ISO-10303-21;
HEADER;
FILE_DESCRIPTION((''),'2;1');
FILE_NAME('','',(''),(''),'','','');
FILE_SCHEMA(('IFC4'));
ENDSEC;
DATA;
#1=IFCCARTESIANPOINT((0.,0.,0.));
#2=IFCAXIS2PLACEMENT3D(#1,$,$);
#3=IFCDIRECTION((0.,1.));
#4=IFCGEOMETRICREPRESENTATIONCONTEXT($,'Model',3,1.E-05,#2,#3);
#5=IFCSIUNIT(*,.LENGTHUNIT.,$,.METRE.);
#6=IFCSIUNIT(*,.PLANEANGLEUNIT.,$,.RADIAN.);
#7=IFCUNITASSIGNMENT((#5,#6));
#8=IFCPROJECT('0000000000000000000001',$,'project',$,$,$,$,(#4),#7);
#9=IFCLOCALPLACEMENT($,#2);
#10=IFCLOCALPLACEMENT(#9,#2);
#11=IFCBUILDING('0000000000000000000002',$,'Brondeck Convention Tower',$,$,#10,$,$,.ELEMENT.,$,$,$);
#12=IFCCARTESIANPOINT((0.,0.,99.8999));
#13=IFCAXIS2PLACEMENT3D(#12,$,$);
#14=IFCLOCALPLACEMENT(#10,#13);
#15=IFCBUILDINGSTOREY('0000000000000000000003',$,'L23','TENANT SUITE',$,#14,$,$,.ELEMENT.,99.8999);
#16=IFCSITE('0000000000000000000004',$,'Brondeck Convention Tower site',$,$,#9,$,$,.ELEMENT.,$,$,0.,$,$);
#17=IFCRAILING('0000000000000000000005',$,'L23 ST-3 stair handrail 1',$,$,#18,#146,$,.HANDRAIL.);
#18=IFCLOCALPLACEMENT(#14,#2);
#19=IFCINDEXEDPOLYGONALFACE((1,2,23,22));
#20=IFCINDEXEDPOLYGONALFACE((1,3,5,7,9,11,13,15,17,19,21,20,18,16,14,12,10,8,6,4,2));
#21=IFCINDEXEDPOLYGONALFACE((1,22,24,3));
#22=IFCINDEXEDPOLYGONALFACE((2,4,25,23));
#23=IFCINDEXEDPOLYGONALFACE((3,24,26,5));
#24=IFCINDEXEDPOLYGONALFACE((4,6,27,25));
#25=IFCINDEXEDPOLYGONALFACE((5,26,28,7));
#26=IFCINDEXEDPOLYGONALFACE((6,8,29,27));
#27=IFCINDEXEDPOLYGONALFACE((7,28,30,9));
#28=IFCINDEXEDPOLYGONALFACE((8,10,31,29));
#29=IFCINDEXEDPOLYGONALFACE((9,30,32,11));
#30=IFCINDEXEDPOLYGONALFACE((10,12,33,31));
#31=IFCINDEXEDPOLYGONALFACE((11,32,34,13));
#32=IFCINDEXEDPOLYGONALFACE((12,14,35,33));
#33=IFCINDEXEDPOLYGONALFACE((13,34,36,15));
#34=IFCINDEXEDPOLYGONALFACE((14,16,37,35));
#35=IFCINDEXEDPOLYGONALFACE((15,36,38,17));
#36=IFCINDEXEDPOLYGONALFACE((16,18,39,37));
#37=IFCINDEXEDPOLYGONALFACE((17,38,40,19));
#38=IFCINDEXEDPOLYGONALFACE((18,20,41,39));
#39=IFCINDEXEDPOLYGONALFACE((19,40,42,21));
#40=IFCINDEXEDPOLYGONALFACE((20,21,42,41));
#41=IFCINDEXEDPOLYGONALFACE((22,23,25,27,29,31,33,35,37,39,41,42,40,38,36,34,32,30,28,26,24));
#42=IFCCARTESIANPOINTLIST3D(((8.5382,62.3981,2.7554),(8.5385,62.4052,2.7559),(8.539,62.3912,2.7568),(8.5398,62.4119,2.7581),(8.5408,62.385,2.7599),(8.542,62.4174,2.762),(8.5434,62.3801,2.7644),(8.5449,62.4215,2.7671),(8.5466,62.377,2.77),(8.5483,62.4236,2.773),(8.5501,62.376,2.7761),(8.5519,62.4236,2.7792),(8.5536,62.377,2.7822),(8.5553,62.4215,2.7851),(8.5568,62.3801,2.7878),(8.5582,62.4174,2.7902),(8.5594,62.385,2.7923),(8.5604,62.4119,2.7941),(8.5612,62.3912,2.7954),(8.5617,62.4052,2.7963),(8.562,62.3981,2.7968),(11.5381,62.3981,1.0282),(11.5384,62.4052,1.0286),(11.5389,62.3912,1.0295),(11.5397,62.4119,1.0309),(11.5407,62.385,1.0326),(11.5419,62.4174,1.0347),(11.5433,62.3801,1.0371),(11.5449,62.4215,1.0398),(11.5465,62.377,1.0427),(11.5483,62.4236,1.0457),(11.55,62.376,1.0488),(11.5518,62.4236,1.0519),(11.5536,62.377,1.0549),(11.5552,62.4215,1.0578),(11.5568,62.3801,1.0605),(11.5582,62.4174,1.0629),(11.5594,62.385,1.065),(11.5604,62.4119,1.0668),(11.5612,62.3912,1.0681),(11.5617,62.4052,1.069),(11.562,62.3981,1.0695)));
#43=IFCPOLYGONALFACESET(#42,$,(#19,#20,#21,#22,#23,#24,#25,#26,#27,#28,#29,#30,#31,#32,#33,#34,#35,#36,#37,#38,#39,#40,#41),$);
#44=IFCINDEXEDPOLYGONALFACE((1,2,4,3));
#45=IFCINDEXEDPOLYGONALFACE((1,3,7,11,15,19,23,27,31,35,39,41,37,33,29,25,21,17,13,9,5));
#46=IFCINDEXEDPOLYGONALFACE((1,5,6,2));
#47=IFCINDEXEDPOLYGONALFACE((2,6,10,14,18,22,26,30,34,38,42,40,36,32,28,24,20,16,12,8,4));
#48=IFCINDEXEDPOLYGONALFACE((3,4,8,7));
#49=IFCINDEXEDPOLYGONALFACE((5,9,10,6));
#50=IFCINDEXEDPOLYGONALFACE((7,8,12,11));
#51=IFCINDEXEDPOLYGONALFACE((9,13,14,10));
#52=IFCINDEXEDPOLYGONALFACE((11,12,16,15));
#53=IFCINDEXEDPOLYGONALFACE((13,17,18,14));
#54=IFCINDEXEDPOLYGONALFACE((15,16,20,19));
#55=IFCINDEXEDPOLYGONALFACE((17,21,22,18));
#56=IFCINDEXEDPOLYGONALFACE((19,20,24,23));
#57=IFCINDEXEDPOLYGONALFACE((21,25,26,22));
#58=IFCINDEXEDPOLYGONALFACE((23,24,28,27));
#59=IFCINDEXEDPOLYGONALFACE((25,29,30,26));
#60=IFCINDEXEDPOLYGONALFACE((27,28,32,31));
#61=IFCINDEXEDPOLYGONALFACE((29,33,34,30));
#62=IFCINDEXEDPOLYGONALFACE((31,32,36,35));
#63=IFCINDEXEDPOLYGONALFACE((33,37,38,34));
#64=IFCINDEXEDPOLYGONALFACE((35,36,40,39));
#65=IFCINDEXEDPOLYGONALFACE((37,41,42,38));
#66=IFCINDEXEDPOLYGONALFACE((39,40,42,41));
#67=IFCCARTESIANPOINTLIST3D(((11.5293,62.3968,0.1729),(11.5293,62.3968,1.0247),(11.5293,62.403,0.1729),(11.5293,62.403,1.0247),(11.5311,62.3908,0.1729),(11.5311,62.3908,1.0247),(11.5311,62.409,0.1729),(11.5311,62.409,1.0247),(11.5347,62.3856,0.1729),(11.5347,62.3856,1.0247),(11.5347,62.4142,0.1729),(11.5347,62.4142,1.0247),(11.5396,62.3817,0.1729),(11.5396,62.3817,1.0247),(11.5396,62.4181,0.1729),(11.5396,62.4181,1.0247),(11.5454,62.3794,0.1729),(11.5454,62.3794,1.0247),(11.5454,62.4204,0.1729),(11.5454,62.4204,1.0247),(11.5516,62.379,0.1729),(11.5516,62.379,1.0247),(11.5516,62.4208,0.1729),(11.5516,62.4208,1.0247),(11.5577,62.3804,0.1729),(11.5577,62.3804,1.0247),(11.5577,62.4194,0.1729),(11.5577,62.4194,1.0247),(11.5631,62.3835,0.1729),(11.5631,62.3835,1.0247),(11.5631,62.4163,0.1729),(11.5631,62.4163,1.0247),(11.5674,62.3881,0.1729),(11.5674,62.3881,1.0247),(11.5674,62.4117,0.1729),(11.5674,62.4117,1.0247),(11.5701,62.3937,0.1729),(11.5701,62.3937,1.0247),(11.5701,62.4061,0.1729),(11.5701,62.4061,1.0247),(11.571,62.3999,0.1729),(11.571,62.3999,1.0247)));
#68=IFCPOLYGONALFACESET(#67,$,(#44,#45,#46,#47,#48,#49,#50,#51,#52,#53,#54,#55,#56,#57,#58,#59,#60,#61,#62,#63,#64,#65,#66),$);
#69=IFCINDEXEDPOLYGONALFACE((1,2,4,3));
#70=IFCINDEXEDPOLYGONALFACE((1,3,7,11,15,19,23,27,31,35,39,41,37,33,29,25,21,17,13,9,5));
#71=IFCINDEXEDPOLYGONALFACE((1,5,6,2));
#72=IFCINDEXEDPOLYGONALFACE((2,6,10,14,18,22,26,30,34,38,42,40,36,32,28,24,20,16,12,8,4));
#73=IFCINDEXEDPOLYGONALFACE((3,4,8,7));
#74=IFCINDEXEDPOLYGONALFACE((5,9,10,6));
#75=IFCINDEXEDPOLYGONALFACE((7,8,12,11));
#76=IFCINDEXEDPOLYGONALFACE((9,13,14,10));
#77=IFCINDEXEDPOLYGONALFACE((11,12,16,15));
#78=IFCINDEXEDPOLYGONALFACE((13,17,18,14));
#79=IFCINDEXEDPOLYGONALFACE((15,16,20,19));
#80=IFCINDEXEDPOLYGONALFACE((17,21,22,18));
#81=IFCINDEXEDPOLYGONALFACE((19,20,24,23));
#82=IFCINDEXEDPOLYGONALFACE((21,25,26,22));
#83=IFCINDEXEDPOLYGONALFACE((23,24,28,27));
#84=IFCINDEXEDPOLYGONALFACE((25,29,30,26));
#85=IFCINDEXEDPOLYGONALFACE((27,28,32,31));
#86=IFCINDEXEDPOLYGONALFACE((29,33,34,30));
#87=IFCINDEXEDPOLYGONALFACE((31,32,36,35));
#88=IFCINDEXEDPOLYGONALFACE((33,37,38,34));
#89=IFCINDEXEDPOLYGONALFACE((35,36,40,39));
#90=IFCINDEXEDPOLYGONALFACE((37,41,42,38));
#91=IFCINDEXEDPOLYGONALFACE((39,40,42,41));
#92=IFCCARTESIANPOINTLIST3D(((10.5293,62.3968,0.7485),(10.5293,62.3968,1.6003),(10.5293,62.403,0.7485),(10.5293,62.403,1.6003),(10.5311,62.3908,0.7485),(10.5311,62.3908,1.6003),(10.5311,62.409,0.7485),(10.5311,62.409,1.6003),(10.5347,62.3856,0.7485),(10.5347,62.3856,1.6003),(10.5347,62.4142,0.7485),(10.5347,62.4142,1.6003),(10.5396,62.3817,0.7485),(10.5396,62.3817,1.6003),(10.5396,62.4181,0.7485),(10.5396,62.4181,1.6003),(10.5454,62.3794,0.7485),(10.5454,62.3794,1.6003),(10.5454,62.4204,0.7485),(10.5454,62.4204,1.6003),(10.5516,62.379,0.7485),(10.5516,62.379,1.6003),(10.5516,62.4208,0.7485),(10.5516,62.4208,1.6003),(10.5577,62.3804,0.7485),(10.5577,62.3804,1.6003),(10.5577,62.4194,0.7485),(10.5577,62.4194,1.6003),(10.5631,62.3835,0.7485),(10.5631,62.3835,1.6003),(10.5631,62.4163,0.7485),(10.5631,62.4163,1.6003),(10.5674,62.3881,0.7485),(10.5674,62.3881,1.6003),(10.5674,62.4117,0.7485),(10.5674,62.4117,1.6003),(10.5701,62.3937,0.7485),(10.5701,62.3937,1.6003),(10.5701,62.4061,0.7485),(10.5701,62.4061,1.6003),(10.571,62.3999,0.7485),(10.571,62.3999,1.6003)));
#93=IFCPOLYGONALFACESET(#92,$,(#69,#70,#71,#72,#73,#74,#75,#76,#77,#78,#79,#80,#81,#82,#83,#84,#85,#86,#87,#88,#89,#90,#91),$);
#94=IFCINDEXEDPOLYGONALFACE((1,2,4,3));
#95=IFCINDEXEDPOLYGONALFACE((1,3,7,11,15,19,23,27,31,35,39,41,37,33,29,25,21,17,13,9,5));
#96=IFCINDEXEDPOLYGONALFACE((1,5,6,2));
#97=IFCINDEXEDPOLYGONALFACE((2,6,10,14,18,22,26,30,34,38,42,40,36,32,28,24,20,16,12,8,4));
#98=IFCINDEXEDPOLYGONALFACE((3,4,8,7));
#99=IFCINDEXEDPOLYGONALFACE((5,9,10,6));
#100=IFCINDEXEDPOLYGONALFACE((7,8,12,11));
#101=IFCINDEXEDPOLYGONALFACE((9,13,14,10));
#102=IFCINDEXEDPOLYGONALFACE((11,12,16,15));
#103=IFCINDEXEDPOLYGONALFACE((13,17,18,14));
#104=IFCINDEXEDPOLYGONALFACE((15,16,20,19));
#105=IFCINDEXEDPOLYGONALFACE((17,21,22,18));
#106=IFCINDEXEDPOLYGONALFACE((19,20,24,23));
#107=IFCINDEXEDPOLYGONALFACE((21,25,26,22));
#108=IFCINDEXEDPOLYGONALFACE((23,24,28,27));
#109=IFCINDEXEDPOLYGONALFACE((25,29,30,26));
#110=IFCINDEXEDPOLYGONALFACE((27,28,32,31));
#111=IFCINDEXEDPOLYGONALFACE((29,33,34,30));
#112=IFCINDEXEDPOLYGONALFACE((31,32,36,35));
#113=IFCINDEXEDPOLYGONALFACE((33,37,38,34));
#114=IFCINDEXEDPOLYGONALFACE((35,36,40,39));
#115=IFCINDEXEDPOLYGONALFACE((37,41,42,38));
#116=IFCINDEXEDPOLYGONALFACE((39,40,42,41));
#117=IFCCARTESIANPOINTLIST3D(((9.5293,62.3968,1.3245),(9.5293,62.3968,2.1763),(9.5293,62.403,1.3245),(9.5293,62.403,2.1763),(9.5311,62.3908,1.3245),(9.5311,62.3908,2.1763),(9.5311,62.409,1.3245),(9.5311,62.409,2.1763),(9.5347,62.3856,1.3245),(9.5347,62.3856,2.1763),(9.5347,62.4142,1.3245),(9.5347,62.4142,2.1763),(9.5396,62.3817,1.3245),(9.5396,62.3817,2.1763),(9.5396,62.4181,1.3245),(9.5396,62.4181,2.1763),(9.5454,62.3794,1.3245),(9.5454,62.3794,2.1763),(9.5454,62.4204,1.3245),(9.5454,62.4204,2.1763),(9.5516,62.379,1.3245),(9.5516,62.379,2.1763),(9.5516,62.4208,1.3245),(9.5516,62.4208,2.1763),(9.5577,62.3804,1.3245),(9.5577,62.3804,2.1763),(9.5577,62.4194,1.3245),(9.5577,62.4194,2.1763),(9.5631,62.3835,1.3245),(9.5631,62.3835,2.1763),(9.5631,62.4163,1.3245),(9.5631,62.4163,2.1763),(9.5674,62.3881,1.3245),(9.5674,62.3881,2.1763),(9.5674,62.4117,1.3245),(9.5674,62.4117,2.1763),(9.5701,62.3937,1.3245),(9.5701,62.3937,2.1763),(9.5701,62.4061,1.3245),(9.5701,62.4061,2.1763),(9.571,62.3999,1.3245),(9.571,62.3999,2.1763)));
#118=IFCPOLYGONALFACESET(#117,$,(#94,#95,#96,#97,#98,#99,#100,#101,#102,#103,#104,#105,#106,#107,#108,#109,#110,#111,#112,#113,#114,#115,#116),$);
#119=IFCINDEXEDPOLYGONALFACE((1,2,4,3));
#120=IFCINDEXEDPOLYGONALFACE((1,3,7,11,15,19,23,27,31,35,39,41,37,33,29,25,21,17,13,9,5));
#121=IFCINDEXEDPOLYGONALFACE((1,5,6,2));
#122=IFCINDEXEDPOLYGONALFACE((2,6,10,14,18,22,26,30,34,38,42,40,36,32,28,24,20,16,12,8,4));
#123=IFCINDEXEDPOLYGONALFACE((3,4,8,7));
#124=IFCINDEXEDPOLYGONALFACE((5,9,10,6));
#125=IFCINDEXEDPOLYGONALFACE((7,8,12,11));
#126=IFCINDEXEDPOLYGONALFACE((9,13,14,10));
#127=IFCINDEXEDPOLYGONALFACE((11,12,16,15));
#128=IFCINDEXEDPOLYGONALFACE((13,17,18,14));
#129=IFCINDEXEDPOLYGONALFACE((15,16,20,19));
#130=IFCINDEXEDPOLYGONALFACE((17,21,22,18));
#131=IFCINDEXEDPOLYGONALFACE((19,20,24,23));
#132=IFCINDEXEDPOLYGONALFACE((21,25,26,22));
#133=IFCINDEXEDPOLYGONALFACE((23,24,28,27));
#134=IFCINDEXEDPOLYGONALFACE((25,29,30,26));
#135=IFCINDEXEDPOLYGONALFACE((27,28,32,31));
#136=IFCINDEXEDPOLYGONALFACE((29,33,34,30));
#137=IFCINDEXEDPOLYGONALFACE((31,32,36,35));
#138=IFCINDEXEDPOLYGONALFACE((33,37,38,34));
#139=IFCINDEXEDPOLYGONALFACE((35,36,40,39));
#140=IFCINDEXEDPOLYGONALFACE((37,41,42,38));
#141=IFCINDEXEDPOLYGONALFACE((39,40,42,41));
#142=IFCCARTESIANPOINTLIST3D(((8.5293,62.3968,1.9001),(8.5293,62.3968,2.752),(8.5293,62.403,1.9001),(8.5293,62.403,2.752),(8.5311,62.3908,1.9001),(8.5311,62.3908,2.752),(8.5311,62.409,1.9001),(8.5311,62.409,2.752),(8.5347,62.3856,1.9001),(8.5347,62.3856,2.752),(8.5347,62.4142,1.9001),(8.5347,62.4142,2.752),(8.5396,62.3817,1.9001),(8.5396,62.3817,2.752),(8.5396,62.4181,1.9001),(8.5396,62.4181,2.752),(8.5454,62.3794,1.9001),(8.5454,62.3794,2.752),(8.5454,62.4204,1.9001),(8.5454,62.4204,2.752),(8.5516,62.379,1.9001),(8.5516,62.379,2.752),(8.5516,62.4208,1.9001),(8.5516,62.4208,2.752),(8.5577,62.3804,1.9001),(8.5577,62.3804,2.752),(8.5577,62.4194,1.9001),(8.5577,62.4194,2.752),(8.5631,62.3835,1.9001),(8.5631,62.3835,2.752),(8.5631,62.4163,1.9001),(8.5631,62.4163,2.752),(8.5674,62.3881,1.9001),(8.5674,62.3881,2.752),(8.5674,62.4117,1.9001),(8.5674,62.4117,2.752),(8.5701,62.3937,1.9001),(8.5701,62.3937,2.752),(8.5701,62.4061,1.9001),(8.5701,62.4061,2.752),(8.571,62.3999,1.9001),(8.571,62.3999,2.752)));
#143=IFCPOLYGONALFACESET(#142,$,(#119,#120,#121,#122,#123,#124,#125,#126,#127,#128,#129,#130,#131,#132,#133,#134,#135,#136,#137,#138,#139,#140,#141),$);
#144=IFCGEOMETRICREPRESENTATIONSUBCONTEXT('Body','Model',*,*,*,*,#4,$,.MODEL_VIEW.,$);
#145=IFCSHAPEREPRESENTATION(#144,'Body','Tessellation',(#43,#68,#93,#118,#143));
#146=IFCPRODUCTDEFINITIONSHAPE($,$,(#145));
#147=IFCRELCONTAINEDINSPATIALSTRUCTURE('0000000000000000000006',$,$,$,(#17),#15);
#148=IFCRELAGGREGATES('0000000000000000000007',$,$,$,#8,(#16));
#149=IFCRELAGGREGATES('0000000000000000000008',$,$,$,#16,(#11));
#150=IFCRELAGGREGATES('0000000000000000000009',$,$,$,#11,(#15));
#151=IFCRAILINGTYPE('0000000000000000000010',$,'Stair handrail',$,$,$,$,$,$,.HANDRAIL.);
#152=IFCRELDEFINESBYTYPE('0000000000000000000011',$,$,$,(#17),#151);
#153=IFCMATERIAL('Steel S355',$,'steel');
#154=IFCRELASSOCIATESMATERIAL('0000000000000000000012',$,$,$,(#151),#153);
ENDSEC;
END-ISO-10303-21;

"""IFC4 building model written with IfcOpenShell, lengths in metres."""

from ifc_helpers import new_model, si_unit, direction, frame, origin, origin_2d, place, context, subcontext, project, spatial, circle, extrude, material, type_object, element, save


model = new_model("IFC4")

# Units and contexts
model_context = context("Model", 3, precision=1e-05, world=origin(), true_north=direction((0.0, 1.0)))
body_context = subcontext(model_context, "Body", "Model", "MODEL_VIEW")
ifc_project = project(units=[si_unit("LENGTHUNIT", "METRE"), si_unit("PLANEANGLEUNIT", "RADIAN")], contexts=[model_context])

# Site, building, storey
site_placement = place(None, origin())
site = spatial("IfcSite", under=ifc_project, at=site_placement, Name="Brondeck Convention Tower site", CompositionType="ELEMENT", RefElevation=0.0)
building_placement = place(site_placement, origin())
building = spatial("IfcBuilding", under=site, at=building_placement, Name="Brondeck Convention Tower", CompositionType="ELEMENT")
storey_placement = place(building_placement, frame((0.0, 0.0, 99.8999)))
storey = spatial("IfcBuildingStorey", under=building, at=storey_placement, Name="L23", Description="TENANT SUITE", CompositionType="ELEMENT", Elevation=99.8999)

# Railing
ifc_material_1 = material(Name="Steel S355", Category="steel")
railing_type_1 = type_object("IfcRailingType", Name="Stair handrail", PredefinedType="HANDRAIL", material=ifc_material_1)
railing_1_placement = place(storey_placement, frame((11.55, 62.3999, 0.1729)))
element("IfcRailing", 1, at=railing_1_placement, inside=storey, type_object=railing_type_1, Name="L23 ST-3 stair handrail 1", PredefinedType="HANDRAIL", context=body_context, shape_type="SweptSolid", body=[
    extrude(circle(Radius=0.0239, at=origin_2d()), frame((0.0, 0.0, 0.876), z_axis=(-0.86662, 0.0, 0.498969), x_axis=(0.0, -1.0, 0.0)), (0.0, 0.0, 1.0), 3.4617),
    extrude(circle(Radius=0.021, at=origin_2d()), origin(), (0.0, 0.0, 1.0), 0.8518),
    extrude(circle(Radius=0.021, at=origin_2d()), frame((-1.0, 0.0, 0.5757)), (0.0, 0.0, 1.0), 0.8518),
    extrude(circle(Radius=0.021, at=origin_2d()), frame((-2.0, 0.0, 1.1516)), (0.0, 0.0, 1.0), 0.8518),
    extrude(circle(Radius=0.021, at=origin_2d()), frame((-3.0, 0.0, 1.7273)), (0.0, 0.0, 1.0), 0.8518),
])

save(model, "model.ifc")
